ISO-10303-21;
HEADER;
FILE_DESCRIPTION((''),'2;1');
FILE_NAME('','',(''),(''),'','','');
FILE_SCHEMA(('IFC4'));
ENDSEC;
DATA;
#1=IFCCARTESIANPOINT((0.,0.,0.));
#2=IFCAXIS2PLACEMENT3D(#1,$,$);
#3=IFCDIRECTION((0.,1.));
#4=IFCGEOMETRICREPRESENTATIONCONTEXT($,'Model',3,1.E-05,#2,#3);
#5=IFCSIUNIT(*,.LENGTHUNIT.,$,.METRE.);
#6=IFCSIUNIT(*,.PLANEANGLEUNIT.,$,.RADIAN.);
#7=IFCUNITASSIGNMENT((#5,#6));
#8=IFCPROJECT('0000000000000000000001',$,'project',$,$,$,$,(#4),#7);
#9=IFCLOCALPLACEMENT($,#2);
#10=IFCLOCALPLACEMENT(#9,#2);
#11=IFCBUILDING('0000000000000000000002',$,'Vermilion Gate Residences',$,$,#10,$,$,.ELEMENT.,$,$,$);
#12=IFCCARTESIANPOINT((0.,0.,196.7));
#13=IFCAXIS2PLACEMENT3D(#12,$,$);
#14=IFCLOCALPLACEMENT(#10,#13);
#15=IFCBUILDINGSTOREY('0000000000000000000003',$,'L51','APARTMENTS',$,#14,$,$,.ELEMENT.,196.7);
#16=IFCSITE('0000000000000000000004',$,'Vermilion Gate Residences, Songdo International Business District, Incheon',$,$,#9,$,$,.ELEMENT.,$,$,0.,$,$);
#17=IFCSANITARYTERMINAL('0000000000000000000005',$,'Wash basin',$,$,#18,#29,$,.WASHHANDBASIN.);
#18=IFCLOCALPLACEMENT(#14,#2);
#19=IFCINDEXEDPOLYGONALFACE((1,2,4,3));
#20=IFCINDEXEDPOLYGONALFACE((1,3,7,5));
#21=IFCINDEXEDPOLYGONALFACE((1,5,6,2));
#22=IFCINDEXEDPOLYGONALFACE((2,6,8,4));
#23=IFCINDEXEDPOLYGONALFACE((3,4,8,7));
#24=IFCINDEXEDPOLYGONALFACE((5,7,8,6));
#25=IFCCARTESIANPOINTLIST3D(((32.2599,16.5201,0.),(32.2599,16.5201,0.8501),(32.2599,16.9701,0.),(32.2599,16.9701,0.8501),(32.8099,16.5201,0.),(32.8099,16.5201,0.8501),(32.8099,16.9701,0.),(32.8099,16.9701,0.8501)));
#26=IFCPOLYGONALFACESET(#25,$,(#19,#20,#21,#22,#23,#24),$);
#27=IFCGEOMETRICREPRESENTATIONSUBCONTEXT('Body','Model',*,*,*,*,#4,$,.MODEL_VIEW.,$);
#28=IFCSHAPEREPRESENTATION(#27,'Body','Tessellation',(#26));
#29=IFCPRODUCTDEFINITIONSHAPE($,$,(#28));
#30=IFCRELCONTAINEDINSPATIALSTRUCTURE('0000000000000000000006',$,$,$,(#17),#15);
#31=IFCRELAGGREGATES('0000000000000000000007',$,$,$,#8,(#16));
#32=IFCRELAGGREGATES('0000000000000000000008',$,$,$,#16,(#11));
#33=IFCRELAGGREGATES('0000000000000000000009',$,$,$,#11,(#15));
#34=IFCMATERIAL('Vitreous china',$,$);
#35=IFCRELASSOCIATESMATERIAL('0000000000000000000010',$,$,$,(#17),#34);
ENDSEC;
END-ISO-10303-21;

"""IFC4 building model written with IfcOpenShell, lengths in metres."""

from ifc_helpers import new_model, si_unit, direction, frame, origin, origin_2d, place, context, subcontext, project, spatial, rectangle, extrude, material, element, save


model = new_model("IFC4")

# Units and contexts
model_context = context("Model", 3, precision=1e-05, world=origin(), true_north=direction((0.0, 1.0)))
body_context = subcontext(model_context, "Body", "Model", "MODEL_VIEW")
ifc_project = project(units=[si_unit("LENGTHUNIT", "METRE"), si_unit("PLANEANGLEUNIT", "RADIAN")], contexts=[model_context])

# Site, building, storey
site_placement = place(None, origin())
site = spatial("IfcSite", under=ifc_project, at=site_placement, Name="Vermilion Gate Residences, Songdo International Business District, Incheon", CompositionType="ELEMENT", RefElevation=0.0)
building_placement = place(site_placement, origin())
building = spatial("IfcBuilding", under=site, at=building_placement, Name="Vermilion Gate Residences", CompositionType="ELEMENT")
storey_placement = place(building_placement, frame((0.0, 0.0, 196.7)))
storey = spatial("IfcBuildingStorey", under=building, at=storey_placement, Name="L51", Description="APARTMENTS", CompositionType="ELEMENT", Elevation=196.7)

# Sanitary terminal
ifc_material_1 = material(Name="Vitreous china")
for number, where, z_axis, x_axis, name in (
    (1, (32.5349, 16.7451, 0.0), (0.0, 0.0, 1.0), (1.0, 0.0, 0.0), "Wash basin"),
):
    element("IfcSanitaryTerminal", number, at=place(storey_placement, frame(where, z_axis=z_axis, x_axis=x_axis)), inside=storey, material=ifc_material_1, Name=name, PredefinedType="WASHHANDBASIN", context=body_context, shape_type="SweptSolid", body=[
        extrude(rectangle(XDim=0.55, YDim=0.45, at=origin_2d()), origin(), (0.0, 0.0, 1.0), 0.8501),
    ])

save(model, "model.ifc")
